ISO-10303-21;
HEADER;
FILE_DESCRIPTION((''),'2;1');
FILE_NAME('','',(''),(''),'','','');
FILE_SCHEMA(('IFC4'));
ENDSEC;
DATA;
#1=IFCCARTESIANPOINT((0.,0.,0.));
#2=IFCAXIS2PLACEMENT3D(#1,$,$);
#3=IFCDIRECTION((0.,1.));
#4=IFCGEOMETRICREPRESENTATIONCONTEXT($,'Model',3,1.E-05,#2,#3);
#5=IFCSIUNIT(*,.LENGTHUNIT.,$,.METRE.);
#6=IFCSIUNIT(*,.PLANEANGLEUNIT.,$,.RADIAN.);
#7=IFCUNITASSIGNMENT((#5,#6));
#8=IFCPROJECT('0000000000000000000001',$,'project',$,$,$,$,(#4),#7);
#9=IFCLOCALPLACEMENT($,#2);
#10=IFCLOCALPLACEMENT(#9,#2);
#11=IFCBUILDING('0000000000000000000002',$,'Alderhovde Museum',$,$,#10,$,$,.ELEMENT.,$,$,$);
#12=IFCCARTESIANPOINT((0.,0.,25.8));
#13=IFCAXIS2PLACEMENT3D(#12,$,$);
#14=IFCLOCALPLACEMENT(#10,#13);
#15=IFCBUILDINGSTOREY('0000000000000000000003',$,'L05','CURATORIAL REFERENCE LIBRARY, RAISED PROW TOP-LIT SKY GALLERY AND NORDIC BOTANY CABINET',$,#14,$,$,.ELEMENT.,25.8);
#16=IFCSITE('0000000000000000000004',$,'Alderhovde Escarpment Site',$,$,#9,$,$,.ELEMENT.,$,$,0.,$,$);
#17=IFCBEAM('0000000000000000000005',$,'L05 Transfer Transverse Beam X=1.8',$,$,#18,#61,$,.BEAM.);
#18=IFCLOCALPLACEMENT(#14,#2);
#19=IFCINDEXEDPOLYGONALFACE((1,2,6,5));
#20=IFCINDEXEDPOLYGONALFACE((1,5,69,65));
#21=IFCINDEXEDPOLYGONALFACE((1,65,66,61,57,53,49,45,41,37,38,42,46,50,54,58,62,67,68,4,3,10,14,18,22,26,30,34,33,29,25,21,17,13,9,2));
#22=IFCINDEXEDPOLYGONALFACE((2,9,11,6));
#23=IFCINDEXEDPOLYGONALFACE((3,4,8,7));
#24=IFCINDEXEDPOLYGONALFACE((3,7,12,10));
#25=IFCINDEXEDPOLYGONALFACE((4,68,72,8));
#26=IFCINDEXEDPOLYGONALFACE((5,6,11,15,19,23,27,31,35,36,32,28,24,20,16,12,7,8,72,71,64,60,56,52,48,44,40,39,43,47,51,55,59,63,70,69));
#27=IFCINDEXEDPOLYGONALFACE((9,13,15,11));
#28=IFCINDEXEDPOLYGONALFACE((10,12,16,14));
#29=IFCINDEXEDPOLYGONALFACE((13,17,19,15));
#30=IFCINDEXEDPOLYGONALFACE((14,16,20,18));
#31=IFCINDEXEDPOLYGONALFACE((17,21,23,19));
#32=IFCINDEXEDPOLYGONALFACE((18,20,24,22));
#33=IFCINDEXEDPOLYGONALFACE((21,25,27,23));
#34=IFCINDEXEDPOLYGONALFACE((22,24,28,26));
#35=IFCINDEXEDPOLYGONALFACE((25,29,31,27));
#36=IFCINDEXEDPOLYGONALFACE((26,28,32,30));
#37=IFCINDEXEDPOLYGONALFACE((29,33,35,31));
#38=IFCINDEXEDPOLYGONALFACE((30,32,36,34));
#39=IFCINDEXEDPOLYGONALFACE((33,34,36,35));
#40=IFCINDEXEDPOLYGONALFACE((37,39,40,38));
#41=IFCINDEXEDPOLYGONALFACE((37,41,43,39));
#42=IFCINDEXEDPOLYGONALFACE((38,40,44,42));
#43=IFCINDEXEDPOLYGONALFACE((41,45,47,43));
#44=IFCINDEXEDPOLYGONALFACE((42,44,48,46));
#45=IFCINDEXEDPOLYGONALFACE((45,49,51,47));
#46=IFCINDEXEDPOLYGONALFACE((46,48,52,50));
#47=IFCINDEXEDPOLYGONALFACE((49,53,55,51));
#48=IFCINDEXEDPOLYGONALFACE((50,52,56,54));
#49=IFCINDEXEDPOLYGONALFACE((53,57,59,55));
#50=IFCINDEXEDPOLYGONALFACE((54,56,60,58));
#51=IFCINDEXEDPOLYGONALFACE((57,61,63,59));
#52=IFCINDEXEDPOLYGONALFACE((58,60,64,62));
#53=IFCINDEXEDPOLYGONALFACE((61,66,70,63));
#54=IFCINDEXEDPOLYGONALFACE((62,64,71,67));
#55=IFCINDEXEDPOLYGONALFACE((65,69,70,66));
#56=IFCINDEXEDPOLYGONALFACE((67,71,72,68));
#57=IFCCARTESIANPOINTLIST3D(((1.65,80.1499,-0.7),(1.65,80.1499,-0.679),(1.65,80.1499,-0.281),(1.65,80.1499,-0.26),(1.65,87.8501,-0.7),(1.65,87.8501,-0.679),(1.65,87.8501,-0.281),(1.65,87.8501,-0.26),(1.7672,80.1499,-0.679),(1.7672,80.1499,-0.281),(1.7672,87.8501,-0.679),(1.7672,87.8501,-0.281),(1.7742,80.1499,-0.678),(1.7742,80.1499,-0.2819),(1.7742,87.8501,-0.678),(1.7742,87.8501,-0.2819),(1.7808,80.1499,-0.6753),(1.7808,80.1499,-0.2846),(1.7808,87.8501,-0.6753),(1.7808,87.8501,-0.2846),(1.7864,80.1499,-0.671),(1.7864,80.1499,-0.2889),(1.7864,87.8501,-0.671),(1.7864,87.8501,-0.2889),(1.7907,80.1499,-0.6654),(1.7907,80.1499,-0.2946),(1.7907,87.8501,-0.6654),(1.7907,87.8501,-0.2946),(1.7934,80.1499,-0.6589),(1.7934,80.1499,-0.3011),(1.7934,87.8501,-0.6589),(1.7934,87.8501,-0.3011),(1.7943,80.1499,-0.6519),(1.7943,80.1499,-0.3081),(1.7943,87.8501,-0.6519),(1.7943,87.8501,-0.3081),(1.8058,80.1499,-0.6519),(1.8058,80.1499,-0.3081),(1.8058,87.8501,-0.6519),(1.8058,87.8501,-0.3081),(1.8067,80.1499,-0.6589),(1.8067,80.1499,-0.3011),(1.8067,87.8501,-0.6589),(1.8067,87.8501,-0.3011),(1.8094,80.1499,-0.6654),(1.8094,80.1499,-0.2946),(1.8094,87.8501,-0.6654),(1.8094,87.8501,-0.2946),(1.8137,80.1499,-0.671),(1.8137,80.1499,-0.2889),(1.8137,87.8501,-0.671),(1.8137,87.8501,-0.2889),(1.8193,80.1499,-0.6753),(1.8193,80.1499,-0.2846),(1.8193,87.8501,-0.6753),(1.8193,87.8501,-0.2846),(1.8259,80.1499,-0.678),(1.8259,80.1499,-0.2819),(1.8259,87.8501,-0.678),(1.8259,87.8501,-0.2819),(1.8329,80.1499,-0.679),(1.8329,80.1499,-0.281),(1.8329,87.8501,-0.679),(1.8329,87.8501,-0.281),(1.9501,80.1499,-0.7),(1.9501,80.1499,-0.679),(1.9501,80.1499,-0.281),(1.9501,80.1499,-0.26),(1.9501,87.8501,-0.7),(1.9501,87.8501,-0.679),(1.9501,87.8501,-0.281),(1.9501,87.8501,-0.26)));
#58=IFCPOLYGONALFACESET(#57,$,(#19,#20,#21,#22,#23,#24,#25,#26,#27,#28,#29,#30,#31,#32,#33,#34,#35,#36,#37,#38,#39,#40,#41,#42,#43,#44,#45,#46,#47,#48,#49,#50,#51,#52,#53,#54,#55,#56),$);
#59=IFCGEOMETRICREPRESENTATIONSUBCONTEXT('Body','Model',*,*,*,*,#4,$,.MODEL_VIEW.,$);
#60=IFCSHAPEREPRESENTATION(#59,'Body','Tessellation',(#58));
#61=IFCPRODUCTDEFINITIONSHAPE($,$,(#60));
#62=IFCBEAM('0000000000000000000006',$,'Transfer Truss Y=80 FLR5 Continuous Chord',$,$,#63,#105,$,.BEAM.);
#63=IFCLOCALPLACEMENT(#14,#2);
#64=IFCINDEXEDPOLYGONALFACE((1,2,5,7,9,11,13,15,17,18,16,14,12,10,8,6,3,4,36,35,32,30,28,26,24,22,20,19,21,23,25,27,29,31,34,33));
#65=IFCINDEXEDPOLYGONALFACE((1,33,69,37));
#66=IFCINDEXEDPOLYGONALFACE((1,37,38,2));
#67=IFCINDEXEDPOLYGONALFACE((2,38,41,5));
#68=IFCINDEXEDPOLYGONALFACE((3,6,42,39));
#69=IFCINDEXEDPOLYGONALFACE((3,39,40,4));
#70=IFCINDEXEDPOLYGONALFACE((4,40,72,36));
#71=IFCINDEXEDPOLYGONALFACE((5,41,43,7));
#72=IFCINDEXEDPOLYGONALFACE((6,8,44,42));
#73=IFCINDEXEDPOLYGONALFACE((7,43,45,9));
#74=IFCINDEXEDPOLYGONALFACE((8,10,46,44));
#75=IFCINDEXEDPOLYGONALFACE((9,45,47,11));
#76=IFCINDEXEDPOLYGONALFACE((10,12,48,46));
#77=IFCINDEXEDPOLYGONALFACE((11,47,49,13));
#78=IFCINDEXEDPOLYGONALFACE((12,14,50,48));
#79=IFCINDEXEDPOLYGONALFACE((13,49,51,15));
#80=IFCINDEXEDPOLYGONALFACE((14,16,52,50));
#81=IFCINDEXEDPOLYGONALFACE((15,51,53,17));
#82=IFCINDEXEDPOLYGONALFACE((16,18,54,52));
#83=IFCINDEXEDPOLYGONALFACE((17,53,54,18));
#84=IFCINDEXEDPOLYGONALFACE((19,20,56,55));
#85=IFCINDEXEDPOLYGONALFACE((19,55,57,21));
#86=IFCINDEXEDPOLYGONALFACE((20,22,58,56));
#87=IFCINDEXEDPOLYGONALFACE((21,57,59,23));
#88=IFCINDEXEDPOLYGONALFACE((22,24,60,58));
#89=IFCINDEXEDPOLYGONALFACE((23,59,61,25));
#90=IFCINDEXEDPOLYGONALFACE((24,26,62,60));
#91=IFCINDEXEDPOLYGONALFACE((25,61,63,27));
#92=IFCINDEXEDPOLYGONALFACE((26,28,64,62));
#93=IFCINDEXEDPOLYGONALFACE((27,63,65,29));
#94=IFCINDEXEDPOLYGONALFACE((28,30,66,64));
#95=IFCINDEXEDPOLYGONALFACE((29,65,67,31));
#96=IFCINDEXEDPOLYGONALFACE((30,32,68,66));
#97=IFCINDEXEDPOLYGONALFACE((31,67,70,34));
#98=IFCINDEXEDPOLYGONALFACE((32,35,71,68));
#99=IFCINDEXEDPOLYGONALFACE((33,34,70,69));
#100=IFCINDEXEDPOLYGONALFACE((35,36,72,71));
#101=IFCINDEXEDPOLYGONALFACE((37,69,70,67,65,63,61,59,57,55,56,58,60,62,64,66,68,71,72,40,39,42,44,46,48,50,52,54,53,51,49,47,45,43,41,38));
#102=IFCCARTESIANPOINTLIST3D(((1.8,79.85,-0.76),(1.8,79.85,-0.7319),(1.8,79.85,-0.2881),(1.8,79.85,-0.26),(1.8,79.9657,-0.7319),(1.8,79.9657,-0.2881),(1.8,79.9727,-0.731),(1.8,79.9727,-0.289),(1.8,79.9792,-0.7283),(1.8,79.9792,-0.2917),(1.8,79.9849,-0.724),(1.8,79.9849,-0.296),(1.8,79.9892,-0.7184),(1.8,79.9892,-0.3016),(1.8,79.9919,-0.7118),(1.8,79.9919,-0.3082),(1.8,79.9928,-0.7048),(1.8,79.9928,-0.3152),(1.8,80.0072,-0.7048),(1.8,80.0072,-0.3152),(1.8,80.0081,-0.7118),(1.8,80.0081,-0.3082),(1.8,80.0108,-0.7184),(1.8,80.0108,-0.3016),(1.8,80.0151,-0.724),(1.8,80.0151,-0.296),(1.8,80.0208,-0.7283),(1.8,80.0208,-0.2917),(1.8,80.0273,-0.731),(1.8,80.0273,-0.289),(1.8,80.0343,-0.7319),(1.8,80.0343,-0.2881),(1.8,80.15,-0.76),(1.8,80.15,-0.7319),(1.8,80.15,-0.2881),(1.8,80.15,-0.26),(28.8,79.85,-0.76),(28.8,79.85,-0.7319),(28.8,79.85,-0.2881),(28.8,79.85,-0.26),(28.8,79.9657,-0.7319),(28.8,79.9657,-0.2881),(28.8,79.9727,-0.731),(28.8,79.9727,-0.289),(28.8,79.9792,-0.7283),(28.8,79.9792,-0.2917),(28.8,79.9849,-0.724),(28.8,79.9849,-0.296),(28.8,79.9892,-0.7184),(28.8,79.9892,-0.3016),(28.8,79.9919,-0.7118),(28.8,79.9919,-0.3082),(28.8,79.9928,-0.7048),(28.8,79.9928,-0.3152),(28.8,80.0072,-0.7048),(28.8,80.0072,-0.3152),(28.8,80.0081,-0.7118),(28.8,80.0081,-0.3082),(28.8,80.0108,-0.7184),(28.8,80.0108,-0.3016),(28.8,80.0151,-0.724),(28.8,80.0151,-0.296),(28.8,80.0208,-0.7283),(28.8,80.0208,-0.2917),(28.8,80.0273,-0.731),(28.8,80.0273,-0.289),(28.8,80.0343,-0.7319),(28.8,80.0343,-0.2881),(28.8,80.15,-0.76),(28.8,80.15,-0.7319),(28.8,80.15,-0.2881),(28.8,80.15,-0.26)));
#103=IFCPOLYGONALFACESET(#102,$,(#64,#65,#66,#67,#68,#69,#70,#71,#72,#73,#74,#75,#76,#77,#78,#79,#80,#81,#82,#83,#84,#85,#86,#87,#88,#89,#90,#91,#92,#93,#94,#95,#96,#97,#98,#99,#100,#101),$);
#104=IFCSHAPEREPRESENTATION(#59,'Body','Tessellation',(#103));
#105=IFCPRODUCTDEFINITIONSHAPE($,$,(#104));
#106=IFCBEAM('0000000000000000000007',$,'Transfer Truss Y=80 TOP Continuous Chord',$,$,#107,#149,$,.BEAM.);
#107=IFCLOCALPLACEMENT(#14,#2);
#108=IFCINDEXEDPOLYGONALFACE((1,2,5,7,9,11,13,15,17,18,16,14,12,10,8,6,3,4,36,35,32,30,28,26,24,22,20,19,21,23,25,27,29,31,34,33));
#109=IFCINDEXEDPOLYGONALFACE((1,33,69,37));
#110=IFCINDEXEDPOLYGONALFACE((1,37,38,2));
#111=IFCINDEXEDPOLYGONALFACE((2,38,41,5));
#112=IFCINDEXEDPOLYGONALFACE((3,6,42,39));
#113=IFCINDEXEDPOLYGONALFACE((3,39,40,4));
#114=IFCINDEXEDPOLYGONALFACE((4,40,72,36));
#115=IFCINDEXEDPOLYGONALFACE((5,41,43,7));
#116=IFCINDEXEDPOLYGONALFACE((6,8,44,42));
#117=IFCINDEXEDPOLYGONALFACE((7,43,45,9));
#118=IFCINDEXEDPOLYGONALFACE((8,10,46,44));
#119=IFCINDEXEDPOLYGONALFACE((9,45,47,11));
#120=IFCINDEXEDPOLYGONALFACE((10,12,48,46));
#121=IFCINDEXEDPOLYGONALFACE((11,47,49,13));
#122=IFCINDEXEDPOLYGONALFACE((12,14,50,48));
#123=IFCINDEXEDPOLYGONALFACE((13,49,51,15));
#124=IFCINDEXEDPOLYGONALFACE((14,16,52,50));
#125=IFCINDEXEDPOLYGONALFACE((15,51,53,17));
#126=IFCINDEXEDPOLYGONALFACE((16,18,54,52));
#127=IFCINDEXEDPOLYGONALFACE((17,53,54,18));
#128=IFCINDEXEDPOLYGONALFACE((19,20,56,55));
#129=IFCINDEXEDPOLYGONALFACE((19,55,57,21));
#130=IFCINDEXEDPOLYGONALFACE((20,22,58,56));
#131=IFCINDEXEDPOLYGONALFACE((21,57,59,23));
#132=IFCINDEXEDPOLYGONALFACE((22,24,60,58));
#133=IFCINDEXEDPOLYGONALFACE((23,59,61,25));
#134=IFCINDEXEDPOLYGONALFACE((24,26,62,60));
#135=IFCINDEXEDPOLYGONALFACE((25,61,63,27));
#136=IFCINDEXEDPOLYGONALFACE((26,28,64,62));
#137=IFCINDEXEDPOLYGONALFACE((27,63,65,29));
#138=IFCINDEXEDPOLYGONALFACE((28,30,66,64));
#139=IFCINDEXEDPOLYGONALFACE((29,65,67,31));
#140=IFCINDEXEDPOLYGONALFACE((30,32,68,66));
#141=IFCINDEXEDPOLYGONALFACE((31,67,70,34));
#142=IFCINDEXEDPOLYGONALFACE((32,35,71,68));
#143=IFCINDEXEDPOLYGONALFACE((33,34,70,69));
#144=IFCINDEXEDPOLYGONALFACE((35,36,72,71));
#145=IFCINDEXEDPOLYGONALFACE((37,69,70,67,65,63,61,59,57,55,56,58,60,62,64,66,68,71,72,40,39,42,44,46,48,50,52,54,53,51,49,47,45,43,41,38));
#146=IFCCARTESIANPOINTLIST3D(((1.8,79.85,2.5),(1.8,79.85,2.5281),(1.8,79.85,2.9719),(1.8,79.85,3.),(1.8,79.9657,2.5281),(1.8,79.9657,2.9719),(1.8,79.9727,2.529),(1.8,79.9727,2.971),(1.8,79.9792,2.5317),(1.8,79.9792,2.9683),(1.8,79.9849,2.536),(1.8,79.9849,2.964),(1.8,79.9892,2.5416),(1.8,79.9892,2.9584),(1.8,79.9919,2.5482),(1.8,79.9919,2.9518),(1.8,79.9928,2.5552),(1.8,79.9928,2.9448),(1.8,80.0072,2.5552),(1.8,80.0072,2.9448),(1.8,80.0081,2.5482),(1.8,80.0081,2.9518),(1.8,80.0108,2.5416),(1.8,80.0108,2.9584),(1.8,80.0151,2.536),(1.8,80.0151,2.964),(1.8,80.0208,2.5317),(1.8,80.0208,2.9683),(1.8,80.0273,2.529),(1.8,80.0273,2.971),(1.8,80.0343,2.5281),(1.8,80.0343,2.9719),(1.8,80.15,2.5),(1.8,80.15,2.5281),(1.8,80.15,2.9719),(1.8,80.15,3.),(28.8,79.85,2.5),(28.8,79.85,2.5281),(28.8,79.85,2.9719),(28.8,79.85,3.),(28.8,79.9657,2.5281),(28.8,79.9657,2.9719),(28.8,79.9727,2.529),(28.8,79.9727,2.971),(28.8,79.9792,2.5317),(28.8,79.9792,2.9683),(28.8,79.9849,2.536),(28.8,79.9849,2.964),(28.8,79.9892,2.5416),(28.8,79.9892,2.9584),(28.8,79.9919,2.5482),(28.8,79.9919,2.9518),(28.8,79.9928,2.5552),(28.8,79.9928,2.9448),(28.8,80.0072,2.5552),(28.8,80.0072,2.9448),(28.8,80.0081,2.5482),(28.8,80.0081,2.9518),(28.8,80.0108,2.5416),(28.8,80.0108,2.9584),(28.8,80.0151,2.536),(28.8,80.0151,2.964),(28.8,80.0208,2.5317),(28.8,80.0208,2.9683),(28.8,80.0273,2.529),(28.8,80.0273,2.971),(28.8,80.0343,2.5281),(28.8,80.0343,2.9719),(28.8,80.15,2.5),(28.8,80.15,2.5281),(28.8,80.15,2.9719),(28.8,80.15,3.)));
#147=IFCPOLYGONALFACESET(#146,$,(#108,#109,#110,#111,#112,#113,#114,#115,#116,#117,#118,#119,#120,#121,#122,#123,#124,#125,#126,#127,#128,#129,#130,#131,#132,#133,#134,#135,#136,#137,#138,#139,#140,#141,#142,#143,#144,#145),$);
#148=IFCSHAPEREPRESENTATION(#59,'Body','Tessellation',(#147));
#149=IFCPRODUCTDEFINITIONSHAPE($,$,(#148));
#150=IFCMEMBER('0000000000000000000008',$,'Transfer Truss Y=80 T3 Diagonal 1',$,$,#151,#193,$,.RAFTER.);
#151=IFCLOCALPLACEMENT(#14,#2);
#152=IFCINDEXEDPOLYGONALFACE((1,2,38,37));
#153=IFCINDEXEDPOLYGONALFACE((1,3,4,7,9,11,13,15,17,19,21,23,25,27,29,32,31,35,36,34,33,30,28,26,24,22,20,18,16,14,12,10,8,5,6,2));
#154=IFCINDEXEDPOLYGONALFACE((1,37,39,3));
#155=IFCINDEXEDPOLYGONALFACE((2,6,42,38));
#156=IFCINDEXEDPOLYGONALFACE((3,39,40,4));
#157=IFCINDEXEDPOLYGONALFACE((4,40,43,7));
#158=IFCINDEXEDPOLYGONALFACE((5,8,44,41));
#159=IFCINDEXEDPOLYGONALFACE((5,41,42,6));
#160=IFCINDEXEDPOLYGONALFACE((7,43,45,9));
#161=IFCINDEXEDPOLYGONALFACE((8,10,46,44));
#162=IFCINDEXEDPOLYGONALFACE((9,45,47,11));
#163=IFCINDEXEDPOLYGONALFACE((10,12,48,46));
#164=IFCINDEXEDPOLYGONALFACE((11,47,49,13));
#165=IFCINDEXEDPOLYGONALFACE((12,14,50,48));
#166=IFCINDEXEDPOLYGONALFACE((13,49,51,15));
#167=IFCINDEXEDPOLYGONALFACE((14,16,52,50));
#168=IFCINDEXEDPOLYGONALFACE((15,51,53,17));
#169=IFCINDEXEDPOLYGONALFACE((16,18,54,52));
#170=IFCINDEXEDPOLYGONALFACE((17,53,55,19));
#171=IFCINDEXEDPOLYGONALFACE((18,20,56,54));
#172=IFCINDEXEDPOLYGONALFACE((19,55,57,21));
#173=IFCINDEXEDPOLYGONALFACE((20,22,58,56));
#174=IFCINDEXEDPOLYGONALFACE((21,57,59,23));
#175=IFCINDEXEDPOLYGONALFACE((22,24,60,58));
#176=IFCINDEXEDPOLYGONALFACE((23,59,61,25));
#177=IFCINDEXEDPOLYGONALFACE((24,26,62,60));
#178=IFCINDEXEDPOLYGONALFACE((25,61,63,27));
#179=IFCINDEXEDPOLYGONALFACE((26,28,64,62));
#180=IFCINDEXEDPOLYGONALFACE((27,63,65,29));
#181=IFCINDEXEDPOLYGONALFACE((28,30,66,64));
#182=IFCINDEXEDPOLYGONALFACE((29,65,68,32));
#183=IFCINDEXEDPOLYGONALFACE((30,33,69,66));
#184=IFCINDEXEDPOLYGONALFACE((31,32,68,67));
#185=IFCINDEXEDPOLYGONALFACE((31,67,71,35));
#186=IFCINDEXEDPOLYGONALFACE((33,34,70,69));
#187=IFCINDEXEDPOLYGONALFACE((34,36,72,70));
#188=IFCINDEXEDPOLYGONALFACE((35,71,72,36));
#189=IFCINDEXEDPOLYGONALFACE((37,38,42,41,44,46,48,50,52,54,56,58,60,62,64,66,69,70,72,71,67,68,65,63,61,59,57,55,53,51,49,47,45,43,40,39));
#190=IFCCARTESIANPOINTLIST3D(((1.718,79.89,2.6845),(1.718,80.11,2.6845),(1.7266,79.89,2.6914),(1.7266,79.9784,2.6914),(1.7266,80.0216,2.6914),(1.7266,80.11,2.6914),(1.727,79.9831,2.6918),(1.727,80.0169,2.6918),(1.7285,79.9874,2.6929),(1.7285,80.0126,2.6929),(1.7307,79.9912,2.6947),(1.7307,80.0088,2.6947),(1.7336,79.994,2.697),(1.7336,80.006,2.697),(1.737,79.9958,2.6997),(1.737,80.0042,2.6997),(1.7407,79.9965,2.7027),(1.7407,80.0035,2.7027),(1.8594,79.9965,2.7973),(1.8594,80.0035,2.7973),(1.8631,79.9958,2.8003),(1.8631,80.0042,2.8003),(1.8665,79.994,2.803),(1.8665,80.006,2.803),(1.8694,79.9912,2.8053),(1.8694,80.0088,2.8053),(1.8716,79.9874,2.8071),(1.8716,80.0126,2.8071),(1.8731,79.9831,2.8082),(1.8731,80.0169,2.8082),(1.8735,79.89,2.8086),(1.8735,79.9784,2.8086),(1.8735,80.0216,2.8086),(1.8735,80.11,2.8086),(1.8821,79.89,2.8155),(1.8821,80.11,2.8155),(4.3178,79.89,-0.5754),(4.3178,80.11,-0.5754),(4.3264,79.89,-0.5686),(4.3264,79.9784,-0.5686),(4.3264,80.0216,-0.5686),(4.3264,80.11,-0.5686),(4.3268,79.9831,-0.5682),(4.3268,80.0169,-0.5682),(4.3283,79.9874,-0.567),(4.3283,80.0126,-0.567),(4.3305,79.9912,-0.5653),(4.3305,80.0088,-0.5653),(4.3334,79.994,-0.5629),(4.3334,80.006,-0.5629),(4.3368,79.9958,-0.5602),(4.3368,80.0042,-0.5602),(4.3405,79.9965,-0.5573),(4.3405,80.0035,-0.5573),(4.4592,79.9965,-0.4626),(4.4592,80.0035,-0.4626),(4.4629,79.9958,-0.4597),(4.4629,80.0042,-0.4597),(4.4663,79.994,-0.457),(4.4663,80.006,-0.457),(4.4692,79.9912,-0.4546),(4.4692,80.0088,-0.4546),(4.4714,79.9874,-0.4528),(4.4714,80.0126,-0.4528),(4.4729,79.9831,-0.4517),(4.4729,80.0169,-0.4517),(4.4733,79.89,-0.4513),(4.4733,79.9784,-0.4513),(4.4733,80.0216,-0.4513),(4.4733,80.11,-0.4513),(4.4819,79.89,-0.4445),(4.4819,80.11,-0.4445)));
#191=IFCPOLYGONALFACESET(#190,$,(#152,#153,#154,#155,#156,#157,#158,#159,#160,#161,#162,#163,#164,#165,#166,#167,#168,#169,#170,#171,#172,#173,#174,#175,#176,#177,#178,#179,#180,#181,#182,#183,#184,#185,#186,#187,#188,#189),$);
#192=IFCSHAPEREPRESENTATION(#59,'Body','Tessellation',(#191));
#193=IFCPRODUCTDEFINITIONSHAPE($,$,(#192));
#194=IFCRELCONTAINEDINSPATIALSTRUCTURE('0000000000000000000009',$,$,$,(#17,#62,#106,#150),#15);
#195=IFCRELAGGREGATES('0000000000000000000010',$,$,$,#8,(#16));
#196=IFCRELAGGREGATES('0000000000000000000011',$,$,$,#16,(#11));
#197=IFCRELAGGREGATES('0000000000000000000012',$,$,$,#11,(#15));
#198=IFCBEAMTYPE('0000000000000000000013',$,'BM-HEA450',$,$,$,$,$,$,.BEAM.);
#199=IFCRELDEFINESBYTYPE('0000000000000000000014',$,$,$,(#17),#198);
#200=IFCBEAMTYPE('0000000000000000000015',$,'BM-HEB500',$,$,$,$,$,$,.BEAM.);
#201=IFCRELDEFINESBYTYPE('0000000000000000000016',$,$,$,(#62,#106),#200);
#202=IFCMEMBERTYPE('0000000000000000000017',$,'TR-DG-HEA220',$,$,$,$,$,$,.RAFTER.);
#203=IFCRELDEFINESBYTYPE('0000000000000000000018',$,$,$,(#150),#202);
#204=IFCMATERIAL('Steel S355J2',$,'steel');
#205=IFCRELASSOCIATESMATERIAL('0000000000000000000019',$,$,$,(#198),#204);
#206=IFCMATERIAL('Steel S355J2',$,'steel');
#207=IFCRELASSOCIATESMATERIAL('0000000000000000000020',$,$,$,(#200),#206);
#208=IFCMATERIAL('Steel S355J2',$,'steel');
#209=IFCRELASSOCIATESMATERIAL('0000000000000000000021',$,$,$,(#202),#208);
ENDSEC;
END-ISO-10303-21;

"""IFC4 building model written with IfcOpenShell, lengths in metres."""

from ifc_helpers import new_model, si_unit, direction, frame, origin, origin_2d, place, context, subcontext, project, spatial, i_section, extrude, material, material_profile, profile_set, type_object, element, save


model = new_model("IFC4")

# Units and contexts
model_context = context("Model", 3, precision=1e-05, world=origin(), true_north=direction((0.0, 1.0)))
body_context = subcontext(model_context, "Body", "Model", "MODEL_VIEW")
ifc_project = project(units=[si_unit("LENGTHUNIT", "METRE"), si_unit("PLANEANGLEUNIT", "RADIAN")], contexts=[model_context])

# Site, building, storey
site_placement = place(None, origin())
site = spatial("IfcSite", under=ifc_project, at=site_placement, Name="Alderhovde Escarpment Site", CompositionType="ELEMENT", RefElevation=0.0)
building_placement = place(site_placement, origin())
building = spatial("IfcBuilding", under=site, at=building_placement, Name="Alderhovde Museum", CompositionType="ELEMENT")
storey_placement = place(building_placement, frame((0.0, 0.0, 25.8)))
storey = spatial("IfcBuildingStorey", under=building, at=storey_placement, Name="L05", Description="CURATORIAL REFERENCE LIBRARY, RAISED PROW TOP-LIT SKY GALLERY AND NORDIC BOTANY CABINET", CompositionType="ELEMENT", Elevation=25.8)

# Beams
ifc_material_1 = material(Name="Steel S355J2", Category="steel")
ifc_material_profile_1 = material_profile(ifc_material_1, i_section(OverallWidth=0.3, OverallDepth=0.4399, WebThickness=0.0115, FlangeThickness=0.021, FilletRadius=0.0271, at=origin_2d()), Name="HEA 450")
ifc_profile_set_1 = profile_set([ifc_material_profile_1], Name="Steel S355J2")
beam_type_1 = type_object("IfcBeamType", Name="BM-HEA450", PredefinedType="BEAM", material=ifc_profile_set_1)
beam_placement = place(storey_placement, frame((1.8, 80.1499, -0.48), z_axis=(0.0, 1.0, 0.0), x_axis=(-1.0, 0.0, 0.0)))
element("IfcBeam", 1, at=beam_placement, inside=storey, type_object=beam_type_1, Name="L05 Transfer Transverse Beam X=1.8", PredefinedType="BEAM", context=body_context, shape_type="SweptSolid", body=[
    extrude(i_section(OverallWidth=0.3, OverallDepth=0.4399, WebThickness=0.0115, FlangeThickness=0.021, FilletRadius=0.0271, at=origin_2d()), origin(), (0.0, 0.0, 1.0), 7.7002),
])
ifc_material_2 = material(Name="Steel S355J2", Category="steel")
ifc_material_profile_2 = material_profile(ifc_material_2, i_section(OverallWidth=0.3, OverallDepth=0.5, WebThickness=0.0144, FlangeThickness=0.0281, FilletRadius=0.0271, at=origin_2d()), Name="HEB 500")
ifc_profile_set_2 = profile_set([ifc_material_profile_2], Name="Steel S355J2")
beam_type_2 = type_object("IfcBeamType", Name="BM-HEB500", PredefinedType="BEAM", material=ifc_profile_set_2)
for number, where, z_axis, x_axis, name in (
    (2, (1.8, 80.0, -0.51), (1.0, 0.0, 0.0), (0.0, 1.0, 0.0), "Transfer Truss Y=80 FLR5 Continuous Chord"),
    (3, (1.8, 80.0, 2.75), (1.0, 0.0, 0.0), (0.0, 1.0, 0.0), "Transfer Truss Y=80 TOP Continuous Chord"),
):
    element("IfcBeam", number, at=place(storey_placement, frame(where, z_axis=z_axis, x_axis=x_axis)), inside=storey, type_object=beam_type_2, Name=name, PredefinedType="BEAM", context=body_context, shape_type="SweptSolid", body=[
        extrude(i_section(OverallWidth=0.3, OverallDepth=0.5, WebThickness=0.0144, FlangeThickness=0.0281, FilletRadius=0.0271, at=origin_2d()), origin(), (0.0, 0.0, 1.0), 27.0),
    ])

# Member
ifc_material_3 = material(Name="Steel S355J2", Category="steel")
ifc_material_profile_3 = material_profile(ifc_material_3, i_section(OverallWidth=0.22, OverallDepth=0.21, WebThickness=0.0071, FlangeThickness=0.011, FilletRadius=0.0181, at=origin_2d()), Name="HEA 220")
ifc_profile_set_3 = profile_set([ifc_material_profile_3], Name="Steel S355J2")
member_type_1 = type_object("IfcMemberType", Name="TR-DG-HEA220", PredefinedType="RAFTER", material=ifc_profile_set_3)
member_placement = place(storey_placement, frame((1.8, 80.0, 2.75), z_axis=(0.623502, 0.0, -0.781822), x_axis=(0.0, 1.0, 0.0)))
element("IfcMember", 4, at=member_placement, inside=storey, type_object=member_type_1, Name="Transfer Truss Y=80 T3 Diagonal 1", PredefinedType="RAFTER", context=body_context, shape_type="SweptSolid", body=[
    extrude(i_section(OverallWidth=0.22, OverallDepth=0.21, WebThickness=0.0071, FlangeThickness=0.011, FilletRadius=0.0181, at=origin_2d()), origin(), (0.0, 0.0, 1.0), 4.1697),
])

save(model, "model.ifc")
